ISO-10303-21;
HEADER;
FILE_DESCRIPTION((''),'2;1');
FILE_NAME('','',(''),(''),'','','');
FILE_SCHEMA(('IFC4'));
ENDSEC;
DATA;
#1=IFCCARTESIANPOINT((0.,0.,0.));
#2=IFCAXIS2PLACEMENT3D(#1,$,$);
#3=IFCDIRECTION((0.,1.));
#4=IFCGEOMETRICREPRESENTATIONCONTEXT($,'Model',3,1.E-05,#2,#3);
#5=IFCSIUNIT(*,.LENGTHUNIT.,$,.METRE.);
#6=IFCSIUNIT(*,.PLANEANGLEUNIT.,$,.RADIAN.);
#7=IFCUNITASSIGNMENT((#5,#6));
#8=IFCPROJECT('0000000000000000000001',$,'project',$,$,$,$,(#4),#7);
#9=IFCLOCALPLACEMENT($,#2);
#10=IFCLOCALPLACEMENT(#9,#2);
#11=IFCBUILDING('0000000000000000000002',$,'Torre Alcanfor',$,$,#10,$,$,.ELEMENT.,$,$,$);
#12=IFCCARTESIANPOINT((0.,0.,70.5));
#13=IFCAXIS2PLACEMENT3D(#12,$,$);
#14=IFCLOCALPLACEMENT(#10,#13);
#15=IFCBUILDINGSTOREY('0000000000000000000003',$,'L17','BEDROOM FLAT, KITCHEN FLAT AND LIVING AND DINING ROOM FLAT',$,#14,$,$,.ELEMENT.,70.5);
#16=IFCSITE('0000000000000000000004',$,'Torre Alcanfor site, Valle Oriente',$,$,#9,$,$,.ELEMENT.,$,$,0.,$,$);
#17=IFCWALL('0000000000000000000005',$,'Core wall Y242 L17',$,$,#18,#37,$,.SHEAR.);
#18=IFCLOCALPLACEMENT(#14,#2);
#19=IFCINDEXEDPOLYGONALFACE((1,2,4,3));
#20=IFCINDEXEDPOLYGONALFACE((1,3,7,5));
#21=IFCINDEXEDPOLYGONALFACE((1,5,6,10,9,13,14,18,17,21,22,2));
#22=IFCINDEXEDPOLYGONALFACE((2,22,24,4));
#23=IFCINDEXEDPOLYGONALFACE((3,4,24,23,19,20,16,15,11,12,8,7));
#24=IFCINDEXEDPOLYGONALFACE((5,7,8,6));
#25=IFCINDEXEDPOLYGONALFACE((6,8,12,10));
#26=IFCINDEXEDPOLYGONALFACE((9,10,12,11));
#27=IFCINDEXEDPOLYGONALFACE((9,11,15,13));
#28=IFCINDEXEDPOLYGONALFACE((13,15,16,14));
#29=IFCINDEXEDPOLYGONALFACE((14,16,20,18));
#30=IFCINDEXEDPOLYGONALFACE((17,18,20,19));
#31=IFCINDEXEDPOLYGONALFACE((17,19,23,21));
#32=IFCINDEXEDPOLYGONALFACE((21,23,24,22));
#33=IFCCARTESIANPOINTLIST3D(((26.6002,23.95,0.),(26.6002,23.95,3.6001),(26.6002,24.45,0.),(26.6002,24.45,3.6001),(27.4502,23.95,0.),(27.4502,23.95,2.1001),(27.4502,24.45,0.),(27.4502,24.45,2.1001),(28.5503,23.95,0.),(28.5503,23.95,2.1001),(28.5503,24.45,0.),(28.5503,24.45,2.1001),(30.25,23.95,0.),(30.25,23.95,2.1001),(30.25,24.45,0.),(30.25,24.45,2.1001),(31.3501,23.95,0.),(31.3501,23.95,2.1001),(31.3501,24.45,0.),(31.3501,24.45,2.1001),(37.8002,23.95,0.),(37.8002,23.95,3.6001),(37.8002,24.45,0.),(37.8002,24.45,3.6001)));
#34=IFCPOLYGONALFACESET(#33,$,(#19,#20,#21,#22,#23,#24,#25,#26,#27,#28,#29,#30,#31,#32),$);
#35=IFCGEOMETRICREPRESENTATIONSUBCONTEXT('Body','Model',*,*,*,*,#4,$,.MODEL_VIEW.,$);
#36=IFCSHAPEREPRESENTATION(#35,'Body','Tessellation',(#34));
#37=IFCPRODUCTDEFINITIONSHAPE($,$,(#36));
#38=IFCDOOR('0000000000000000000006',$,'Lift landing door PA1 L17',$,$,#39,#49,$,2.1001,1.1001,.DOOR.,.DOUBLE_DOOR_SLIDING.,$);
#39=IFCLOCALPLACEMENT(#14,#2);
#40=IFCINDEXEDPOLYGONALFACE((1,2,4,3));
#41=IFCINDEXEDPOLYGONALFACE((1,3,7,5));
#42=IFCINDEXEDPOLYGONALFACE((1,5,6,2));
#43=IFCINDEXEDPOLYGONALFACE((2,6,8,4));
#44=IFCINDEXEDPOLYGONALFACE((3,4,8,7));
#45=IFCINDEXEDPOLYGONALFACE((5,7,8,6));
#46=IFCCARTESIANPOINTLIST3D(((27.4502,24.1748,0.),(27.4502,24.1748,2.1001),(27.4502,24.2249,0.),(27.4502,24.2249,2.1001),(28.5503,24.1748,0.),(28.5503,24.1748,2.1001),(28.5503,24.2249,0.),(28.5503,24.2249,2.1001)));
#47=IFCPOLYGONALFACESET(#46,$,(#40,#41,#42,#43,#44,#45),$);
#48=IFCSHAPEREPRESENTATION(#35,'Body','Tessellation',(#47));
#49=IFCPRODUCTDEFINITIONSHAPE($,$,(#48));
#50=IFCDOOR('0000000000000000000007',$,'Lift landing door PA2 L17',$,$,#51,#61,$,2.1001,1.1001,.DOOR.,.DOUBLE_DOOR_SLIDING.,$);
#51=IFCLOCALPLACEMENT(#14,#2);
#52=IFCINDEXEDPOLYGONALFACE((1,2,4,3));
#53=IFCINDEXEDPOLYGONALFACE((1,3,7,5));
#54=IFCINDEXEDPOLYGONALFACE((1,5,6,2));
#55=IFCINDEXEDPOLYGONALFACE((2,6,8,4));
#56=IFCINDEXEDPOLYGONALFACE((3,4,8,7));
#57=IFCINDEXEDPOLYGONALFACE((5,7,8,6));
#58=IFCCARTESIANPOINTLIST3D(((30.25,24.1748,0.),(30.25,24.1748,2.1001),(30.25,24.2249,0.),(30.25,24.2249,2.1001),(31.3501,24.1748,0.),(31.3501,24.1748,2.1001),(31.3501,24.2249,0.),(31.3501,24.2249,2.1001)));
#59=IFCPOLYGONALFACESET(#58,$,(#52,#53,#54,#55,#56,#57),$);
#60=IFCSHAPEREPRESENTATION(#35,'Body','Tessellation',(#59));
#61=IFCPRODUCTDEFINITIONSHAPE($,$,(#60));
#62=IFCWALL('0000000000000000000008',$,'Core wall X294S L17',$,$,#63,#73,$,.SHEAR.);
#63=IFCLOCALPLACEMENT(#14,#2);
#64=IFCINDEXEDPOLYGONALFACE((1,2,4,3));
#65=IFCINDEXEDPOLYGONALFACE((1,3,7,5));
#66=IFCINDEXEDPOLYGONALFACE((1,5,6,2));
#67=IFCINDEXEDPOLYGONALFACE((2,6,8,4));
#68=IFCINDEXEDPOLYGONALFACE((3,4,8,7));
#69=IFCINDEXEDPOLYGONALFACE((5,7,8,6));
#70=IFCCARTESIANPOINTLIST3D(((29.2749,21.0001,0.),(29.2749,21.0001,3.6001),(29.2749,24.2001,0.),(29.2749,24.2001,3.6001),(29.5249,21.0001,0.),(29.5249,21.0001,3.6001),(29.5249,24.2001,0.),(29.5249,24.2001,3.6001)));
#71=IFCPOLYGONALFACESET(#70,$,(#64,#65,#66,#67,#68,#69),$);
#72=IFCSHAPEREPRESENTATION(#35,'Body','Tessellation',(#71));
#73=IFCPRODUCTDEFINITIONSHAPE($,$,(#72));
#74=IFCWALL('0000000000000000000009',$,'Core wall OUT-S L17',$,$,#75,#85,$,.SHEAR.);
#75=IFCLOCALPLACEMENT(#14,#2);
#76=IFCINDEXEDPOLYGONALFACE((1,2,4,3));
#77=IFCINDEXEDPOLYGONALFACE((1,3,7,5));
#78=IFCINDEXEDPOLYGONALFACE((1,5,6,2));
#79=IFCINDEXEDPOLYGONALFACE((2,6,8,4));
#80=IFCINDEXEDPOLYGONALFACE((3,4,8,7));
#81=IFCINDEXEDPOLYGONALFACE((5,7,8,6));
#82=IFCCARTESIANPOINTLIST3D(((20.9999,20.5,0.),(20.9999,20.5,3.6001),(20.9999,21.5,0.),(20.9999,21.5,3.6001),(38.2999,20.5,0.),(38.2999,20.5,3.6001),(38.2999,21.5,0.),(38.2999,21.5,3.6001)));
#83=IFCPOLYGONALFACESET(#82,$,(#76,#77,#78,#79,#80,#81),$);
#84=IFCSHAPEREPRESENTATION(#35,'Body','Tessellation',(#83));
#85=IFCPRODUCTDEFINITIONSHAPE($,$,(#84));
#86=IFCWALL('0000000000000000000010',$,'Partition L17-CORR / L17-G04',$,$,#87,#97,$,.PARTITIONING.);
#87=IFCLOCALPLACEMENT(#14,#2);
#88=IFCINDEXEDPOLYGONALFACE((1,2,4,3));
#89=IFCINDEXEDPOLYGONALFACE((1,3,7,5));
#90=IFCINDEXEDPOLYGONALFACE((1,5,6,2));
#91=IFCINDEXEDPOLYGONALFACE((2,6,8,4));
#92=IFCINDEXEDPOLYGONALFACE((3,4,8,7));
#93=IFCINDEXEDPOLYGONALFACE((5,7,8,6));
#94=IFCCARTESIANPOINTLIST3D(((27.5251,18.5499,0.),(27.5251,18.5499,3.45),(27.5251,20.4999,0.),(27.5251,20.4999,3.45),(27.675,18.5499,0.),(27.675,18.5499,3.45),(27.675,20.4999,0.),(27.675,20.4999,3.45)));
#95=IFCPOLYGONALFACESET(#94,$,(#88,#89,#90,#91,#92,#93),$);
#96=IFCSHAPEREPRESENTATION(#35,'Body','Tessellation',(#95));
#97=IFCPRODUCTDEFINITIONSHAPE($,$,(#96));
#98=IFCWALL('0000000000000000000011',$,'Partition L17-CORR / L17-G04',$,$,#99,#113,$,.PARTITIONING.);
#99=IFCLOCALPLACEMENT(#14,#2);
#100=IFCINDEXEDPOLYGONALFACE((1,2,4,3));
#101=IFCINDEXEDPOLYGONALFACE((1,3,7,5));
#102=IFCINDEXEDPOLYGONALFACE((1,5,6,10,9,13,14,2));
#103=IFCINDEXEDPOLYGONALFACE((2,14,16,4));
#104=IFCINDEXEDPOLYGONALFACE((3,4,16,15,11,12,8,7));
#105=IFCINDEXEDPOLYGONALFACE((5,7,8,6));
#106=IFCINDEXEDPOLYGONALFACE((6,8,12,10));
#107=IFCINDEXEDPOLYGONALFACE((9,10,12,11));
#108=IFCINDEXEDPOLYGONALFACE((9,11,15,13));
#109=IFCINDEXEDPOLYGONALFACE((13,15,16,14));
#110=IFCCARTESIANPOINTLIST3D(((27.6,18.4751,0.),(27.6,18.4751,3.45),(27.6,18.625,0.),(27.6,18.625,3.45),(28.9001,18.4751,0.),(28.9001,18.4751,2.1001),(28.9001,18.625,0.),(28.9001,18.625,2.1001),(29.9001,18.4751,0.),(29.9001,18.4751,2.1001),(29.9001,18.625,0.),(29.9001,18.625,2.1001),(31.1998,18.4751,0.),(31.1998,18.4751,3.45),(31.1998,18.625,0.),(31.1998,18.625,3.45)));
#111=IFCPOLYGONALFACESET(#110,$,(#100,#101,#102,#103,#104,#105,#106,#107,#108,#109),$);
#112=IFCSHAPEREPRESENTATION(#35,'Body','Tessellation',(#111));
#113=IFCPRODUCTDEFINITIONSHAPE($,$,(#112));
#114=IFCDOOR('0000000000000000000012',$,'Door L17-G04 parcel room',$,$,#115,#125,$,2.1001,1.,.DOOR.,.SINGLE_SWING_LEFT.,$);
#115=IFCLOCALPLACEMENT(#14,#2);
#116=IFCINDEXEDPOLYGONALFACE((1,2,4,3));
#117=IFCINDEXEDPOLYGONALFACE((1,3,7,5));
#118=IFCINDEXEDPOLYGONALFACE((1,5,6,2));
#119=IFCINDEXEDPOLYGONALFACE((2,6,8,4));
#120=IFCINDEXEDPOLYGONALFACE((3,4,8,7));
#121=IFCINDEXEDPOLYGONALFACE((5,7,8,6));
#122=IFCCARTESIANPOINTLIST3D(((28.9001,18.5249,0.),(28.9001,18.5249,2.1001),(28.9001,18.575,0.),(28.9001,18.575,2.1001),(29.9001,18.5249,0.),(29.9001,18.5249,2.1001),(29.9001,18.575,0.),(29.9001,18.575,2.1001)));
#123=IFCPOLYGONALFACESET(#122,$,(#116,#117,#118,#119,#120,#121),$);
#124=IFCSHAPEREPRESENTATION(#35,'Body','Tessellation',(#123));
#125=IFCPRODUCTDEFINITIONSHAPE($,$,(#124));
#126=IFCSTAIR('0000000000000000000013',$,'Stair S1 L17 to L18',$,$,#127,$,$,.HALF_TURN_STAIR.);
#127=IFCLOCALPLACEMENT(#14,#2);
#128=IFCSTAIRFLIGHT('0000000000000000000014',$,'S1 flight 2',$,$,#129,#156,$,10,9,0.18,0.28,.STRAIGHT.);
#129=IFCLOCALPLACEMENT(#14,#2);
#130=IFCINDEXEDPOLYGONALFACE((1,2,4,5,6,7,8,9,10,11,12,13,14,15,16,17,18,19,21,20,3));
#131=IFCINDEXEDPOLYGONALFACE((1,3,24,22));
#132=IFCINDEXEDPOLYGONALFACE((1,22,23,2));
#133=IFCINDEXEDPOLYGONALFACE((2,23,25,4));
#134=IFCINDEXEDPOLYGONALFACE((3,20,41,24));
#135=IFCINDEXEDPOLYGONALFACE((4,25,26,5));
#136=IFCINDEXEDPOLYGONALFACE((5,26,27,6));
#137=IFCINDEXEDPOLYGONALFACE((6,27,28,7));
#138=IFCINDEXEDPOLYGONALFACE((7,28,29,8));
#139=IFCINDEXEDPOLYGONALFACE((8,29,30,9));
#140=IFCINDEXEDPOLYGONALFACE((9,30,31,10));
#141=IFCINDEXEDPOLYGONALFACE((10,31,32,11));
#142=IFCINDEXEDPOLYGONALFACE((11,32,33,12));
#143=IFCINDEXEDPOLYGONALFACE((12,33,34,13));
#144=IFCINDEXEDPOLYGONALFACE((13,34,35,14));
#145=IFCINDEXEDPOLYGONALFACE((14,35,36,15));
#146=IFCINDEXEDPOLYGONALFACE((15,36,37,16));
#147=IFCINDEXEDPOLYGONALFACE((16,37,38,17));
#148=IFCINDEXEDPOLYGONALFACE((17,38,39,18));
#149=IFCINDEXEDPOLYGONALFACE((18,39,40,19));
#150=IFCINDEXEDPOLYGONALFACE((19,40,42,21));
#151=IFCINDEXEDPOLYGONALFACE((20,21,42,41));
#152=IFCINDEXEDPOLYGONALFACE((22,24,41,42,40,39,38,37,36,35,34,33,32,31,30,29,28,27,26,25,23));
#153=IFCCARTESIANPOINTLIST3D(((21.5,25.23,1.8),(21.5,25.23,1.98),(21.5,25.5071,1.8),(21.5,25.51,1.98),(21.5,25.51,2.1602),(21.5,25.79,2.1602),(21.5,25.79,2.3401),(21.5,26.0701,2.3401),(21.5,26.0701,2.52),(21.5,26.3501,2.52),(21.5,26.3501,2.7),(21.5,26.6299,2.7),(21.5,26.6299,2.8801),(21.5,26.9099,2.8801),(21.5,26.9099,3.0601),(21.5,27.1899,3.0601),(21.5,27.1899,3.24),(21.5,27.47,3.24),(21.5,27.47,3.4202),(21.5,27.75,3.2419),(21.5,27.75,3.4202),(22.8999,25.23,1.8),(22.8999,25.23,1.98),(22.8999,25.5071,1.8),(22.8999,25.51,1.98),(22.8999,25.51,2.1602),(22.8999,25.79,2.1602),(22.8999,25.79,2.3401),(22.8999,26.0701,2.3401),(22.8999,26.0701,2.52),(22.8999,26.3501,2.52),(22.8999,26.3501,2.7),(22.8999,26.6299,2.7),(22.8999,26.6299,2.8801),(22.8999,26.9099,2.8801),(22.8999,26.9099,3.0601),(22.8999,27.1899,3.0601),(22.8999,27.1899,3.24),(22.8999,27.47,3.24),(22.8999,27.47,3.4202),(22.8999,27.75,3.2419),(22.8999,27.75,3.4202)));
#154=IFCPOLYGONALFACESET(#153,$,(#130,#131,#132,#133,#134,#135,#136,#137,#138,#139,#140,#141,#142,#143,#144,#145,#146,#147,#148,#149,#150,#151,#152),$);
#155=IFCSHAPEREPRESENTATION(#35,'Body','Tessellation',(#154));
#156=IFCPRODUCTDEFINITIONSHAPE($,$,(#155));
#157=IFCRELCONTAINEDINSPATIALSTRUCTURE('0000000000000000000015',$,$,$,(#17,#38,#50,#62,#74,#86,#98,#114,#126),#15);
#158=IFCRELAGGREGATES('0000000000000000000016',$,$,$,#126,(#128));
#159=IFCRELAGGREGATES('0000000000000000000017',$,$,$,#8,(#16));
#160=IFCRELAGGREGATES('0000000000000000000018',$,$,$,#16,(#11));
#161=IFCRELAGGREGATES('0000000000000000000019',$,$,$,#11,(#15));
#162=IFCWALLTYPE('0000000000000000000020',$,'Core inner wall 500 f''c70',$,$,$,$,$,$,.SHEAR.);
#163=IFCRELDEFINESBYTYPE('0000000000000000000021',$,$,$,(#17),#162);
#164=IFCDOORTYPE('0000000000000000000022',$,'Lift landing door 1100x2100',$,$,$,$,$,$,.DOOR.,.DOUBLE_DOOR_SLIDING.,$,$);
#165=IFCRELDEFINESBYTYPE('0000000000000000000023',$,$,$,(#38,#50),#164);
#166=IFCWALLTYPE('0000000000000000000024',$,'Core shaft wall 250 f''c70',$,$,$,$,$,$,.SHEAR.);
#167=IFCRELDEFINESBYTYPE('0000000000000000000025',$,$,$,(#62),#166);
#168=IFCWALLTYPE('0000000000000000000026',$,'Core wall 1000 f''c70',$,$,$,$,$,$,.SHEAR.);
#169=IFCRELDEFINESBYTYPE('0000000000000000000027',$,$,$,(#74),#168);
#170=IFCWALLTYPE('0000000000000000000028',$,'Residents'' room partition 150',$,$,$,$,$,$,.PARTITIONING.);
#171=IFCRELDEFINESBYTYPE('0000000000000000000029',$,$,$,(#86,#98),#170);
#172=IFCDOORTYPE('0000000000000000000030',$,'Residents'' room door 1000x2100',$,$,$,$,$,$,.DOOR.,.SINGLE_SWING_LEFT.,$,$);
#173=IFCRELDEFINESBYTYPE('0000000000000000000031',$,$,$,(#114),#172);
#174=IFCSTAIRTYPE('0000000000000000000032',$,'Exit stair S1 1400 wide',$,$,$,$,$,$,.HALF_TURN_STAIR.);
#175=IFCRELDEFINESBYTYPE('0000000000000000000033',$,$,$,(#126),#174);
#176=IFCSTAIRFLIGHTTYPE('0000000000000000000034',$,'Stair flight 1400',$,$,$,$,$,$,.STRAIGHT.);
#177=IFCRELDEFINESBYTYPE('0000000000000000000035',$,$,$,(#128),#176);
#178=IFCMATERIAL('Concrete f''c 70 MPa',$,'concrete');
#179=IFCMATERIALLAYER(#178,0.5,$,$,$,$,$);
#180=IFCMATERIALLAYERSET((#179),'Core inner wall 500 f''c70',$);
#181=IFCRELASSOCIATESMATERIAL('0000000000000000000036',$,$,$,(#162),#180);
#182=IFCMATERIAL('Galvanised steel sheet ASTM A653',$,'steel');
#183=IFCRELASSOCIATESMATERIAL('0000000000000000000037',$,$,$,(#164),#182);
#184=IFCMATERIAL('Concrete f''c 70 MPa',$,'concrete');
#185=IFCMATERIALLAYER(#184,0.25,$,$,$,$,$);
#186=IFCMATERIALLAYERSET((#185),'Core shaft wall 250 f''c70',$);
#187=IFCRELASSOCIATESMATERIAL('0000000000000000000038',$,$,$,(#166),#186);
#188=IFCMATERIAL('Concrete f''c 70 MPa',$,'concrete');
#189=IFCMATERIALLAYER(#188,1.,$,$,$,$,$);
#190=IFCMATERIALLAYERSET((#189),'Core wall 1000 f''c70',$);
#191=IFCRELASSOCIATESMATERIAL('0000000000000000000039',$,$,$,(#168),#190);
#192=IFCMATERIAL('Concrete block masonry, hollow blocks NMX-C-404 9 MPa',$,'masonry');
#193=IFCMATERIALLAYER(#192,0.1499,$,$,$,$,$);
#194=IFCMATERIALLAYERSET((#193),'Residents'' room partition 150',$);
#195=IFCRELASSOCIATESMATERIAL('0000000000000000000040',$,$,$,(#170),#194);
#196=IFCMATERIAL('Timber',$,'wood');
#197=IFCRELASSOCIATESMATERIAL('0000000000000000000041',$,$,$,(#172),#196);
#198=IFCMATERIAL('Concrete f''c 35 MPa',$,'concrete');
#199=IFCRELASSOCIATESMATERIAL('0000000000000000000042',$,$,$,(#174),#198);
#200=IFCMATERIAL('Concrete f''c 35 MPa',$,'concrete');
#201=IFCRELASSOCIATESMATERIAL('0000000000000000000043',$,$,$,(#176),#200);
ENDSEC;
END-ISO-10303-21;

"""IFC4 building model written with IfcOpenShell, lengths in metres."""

from ifc_helpers import new_model, si_unit, direction, frame, frame_2d, origin, place, context, subcontext, project, spatial, polyline, rectangle, outline, extrude, material, layer, layer_set, type_object, element, fill, aggregate, save


model = new_model("IFC4")

# Units and contexts
model_context = context("Model", 3, precision=1e-05, world=origin(), true_north=direction((0.0, 1.0)))
body_context = subcontext(model_context, "Body", "Model", "MODEL_VIEW")
ifc_project = project(units=[si_unit("LENGTHUNIT", "METRE"), si_unit("PLANEANGLEUNIT", "RADIAN")], contexts=[model_context])

# Site, building, storey
site_placement = place(None, origin())
site = spatial("IfcSite", under=ifc_project, at=site_placement, Name="Torre Alcanfor site, Valle Oriente", CompositionType="ELEMENT", RefElevation=0.0)
building_placement = place(site_placement, origin())
building = spatial("IfcBuilding", under=site, at=building_placement, Name="Torre Alcanfor", CompositionType="ELEMENT")
storey_placement = place(building_placement, frame((0.0, 0.0, 70.5)))
storey = spatial("IfcBuildingStorey", under=building, at=storey_placement, Name="L17", Description="BEDROOM FLAT, KITCHEN FLAT AND LIVING AND DINING ROOM FLAT", CompositionType="ELEMENT", Elevation=70.5)

# Shared definitions
ifc_material_1 = material(Name="Concrete f'c 70 MPa", Category="concrete")
ifc_layer_1 = layer(ifc_material_1, 0.5)
ifc_layer_set_1 = layer_set([ifc_layer_1], Name="Core inner wall 500 f'c70")
wall_type_1 = type_object("IfcWallType", Name="Core inner wall 500 f'c70", PredefinedType="SHEAR", material=ifc_layer_set_1)

# Wall, openings, doors
wall_1_placement = place(storey_placement, frame((26.6001, 24.2, 0.0), z_axis=(0.0, 0.0, 1.0), x_axis=(1.0, 0.0, 0.0)))
wall_1 = element("IfcWall", 1, at=wall_1_placement, inside=storey, type_object=wall_type_1, Name="Core wall Y242 L17", PredefinedType="SHEAR", context=body_context, shape_type="SweptSolid", body=[
    extrude(rectangle(XDim=11.2, YDim=0.5, at=frame_2d((5.6001, 0.0))), origin(), (0.0, 0.0, 1.0), 3.6001),
])
opening_1_placement = place(wall_1_placement, frame((0.8501, 0.0, 0.0)))
opening_1 = element("IfcOpeningElement", 2, at=opening_1_placement, cuts=wall_1, PredefinedType="OPENING", context=body_context, shape_type="SweptSolid", body=[
    extrude(rectangle(XDim=1.1001, YDim=2.1001, at=frame_2d((0.55, 1.05))), frame((0.0, 0.26, 0.0), z_axis=(0.0, -1.0, 0.0), x_axis=(1.0, 0.0, 0.0)), (0.0, 0.0, 1.0), 0.52),
])
opening_2_placement = place(wall_1_placement, frame((3.6499, 0.0, 0.0)))
opening_2 = element("IfcOpeningElement", 3, at=opening_2_placement, cuts=wall_1, PredefinedType="OPENING", context=body_context, shape_type="SweptSolid", body=[
    extrude(rectangle(XDim=1.1001, YDim=2.1001, at=frame_2d((0.55, 1.05))), frame((0.0, 0.26, 0.0), z_axis=(0.0, -1.0, 0.0), x_axis=(1.0, 0.0, 0.0)), (0.0, 0.0, 1.0), 0.52),
])
ifc_material_2 = material(Name="Galvanised steel sheet ASTM A653", Category="steel")
door_type_1 = type_object("IfcDoorType", Name="Lift landing door 1100x2100", OperationType="DOUBLE_DOOR_SLIDING", PredefinedType="DOOR", material=ifc_material_2)
door_1_placement = place(opening_1_placement, origin())
door_1 = element("IfcDoor", 4, at=door_1_placement, inside=storey, type_object=door_type_1, Name="Lift landing door PA1 L17", OperationType="DOUBLE_DOOR_SLIDING", OverallHeight=2.1001, OverallWidth=1.1001, PredefinedType="DOOR", context=body_context, shape_type="SweptSolid", body=[
    extrude(rectangle(XDim=1.1001, YDim=2.1001, at=frame_2d((0.55, 1.05))), frame((0.0, 0.0249, 0.0), z_axis=(0.0, -1.0, 0.0), x_axis=(1.0, 0.0, 0.0)), (0.0, 0.0, 1.0), 0.05),
])
fill(opening_1, door_1)
door_2_placement = place(opening_2_placement, origin())
door_2 = element("IfcDoor", 5, at=door_2_placement, inside=storey, type_object=door_type_1, Name="Lift landing door PA2 L17", OperationType="DOUBLE_DOOR_SLIDING", OverallHeight=2.1001, OverallWidth=1.1001, PredefinedType="DOOR", context=body_context, shape_type="SweptSolid", body=[
    extrude(rectangle(XDim=1.1001, YDim=2.1001, at=frame_2d((0.55, 1.05))), frame((0.0, 0.0249, 0.0), z_axis=(0.0, -1.0, 0.0), x_axis=(1.0, 0.0, 0.0)), (0.0, 0.0, 1.0), 0.05),
])
fill(opening_2, door_2)

# Walls
ifc_material_3 = material(Name="Concrete f'c 70 MPa", Category="concrete")
ifc_layer_2 = layer(ifc_material_3, 0.25)
ifc_layer_set_2 = layer_set([ifc_layer_2], Name="Core shaft wall 250 f'c70")
wall_type_2 = type_object("IfcWallType", Name="Core shaft wall 250 f'c70", PredefinedType="SHEAR", material=ifc_layer_set_2)
wall_2_placement = place(storey_placement, frame((29.3999, 21.0, 0.0), z_axis=(0.0, 0.0, 1.0), x_axis=(0.0, 1.0, 0.0)))
element("IfcWall", 6, at=wall_2_placement, inside=storey, type_object=wall_type_2, Name="Core wall X294S L17", PredefinedType="SHEAR", context=body_context, shape_type="SweptSolid", body=[
    extrude(rectangle(XDim=3.2, YDim=0.25, at=frame_2d((1.6001, 0.0))), origin(), (0.0, 0.0, 1.0), 3.6001),
])
ifc_material_4 = material(Name="Concrete f'c 70 MPa", Category="concrete")
ifc_layer_3 = layer(ifc_material_4, 1.0)
ifc_layer_set_3 = layer_set([ifc_layer_3], Name="Core wall 1000 f'c70")
wall_type_3 = type_object("IfcWallType", Name="Core wall 1000 f'c70", PredefinedType="SHEAR", material=ifc_layer_set_3)
wall_3_placement = place(storey_placement, frame((21.0, 21.0, 0.0), z_axis=(0.0, 0.0, 1.0), x_axis=(1.0, 0.0, 0.0)))
element("IfcWall", 7, at=wall_3_placement, inside=storey, type_object=wall_type_3, Name="Core wall OUT-S L17", PredefinedType="SHEAR", context=body_context, shape_type="SweptSolid", body=[
    extrude(rectangle(XDim=17.3, YDim=1.0, at=frame_2d((8.6499, 0.0))), origin(), (0.0, 0.0, 1.0), 3.6001),
])
ifc_material_5 = material(Name="Concrete block masonry, hollow blocks NMX-C-404 9 MPa", Category="masonry")
ifc_layer_4 = layer(ifc_material_5, 0.1499)
ifc_layer_set_4 = layer_set([ifc_layer_4], Name="Residents' room partition 150")
wall_type_4 = type_object("IfcWallType", Name="Residents' room partition 150", PredefinedType="PARTITIONING", material=ifc_layer_set_4)
wall_4_placement = place(storey_placement, frame((27.6001, 20.5, 0.0), z_axis=(0.0, 0.0, 1.0), x_axis=(0.0, -1.0, 0.0)))
element("IfcWall", 8, at=wall_4_placement, inside=storey, type_object=wall_type_4, Name="Partition L17-CORR / L17-G04", PredefinedType="PARTITIONING", context=body_context, shape_type="SweptSolid", body=[
    extrude(rectangle(XDim=1.95, YDim=0.1499, at=frame_2d((0.9751, 0.0))), origin(), (0.0, 0.0, 1.0), 3.45),
])

# Wall, opening, door
wall_5_placement = place(storey_placement, frame((27.6001, 18.55, 0.0), z_axis=(0.0, 0.0, 1.0), x_axis=(1.0, 0.0, 0.0)))
wall_5 = element("IfcWall", 9, at=wall_5_placement, inside=storey, type_object=wall_type_4, Name="Partition L17-CORR / L17-G04", PredefinedType="PARTITIONING", context=body_context, shape_type="SweptSolid", body=[
    extrude(rectangle(XDim=3.5999, YDim=0.1499, at=frame_2d((1.7998, 0.0))), origin(), (0.0, 0.0, 1.0), 3.45),
])
opening_3_placement = place(wall_5_placement, frame((1.3, 0.0, 0.0)))
opening_3 = element("IfcOpeningElement", 10, at=opening_3_placement, cuts=wall_5, PredefinedType="OPENING", context=body_context, shape_type="SweptSolid", body=[
    extrude(rectangle(XDim=1.0, YDim=2.1001, at=frame_2d((0.5, 1.05))), frame((0.0, 0.085, 0.0), z_axis=(0.0, -1.0, 0.0), x_axis=(1.0, 0.0, 0.0)), (0.0, 0.0, 1.0), 0.1699),
])
ifc_material_6 = material(Name="Timber", Category="wood")
door_type_2 = type_object("IfcDoorType", Name="Residents' room door 1000x2100", OperationType="SINGLE_SWING_LEFT", PredefinedType="DOOR", material=ifc_material_6)
door_3_placement = place(opening_3_placement, origin())
door_3 = element("IfcDoor", 11, at=door_3_placement, inside=storey, type_object=door_type_2, Name="Door L17-G04 parcel room", OperationType="SINGLE_SWING_LEFT", OverallHeight=2.1001, OverallWidth=1.0, PredefinedType="DOOR", context=body_context, shape_type="SweptSolid", body=[
    extrude(rectangle(XDim=1.0, YDim=2.1001, at=frame_2d((0.5, 1.05))), frame((0.0, 0.0249, 0.0), z_axis=(0.0, -1.0, 0.0), x_axis=(1.0, 0.0, 0.0)), (0.0, 0.0, 1.0), 0.05),
])
fill(opening_3, door_3)

# Stair, stair flight
ifc_material_7 = material(Name="Concrete f'c 35 MPa", Category="concrete")
stair_type = type_object("IfcStairType", Name="Exit stair S1 1400 wide", PredefinedType="HALF_TURN_STAIR", material=ifc_material_7)
stair_placement = place(storey_placement, origin())
stair = element("IfcStair", 12, at=stair_placement, inside=storey, type_object=stair_type, Name="Stair S1 L17 to L18", PredefinedType="HALF_TURN_STAIR")
ifc_material_8 = material(Name="Concrete f'c 35 MPa", Category="concrete")
stair_flight_type = type_object("IfcStairFlightType", Name="Stair flight 1400", PredefinedType="STRAIGHT", material=ifc_material_8)
stair_flight_placement = place(storey_placement, frame((22.2, 25.23, 1.8), z_axis=(0.0, 0.0, 1.0), x_axis=(0.0, 1.0, 0.0)))
stair_flight = element("IfcStairFlight", 13, at=stair_flight_placement, type_object=stair_flight_type, Name="S1 flight 2", NumberOfRisers=10, NumberOfTreads=9, PredefinedType="STRAIGHT", RiserHeight=0.18, TreadLength=0.28, context=body_context, shape_type="SweptSolid", body=[
    extrude(outline(polyline([(0.0, 0.0), (0.0, 0.1799), (0.28, 0.1799), (0.28, 0.3601), (0.5601, 0.3601), (0.5601, 0.54), (0.8401, 0.54), (0.8401, 0.72), (1.1201, 0.72), (1.1201, 0.8999), (1.3999, 0.8999), (1.3999, 1.0801), (1.6799, 1.0801), (1.6799, 1.26), (1.96, 1.26), (1.96, 1.4399), (2.24, 1.4399), (2.24, 1.6201), (2.52, 1.6201), (2.52, 1.8), (2.52, 1.4419), (0.2771, 0.0), (0.0, 0.0)])), frame((0.0, 0.7, 0.0), z_axis=(0.0, -1.0, 0.0), x_axis=(1.0, 0.0, 0.0)), (0.0, 0.0, 1.0), 1.3999),
])
aggregate(stair, [stair_flight])

save(model, "model.ifc")
